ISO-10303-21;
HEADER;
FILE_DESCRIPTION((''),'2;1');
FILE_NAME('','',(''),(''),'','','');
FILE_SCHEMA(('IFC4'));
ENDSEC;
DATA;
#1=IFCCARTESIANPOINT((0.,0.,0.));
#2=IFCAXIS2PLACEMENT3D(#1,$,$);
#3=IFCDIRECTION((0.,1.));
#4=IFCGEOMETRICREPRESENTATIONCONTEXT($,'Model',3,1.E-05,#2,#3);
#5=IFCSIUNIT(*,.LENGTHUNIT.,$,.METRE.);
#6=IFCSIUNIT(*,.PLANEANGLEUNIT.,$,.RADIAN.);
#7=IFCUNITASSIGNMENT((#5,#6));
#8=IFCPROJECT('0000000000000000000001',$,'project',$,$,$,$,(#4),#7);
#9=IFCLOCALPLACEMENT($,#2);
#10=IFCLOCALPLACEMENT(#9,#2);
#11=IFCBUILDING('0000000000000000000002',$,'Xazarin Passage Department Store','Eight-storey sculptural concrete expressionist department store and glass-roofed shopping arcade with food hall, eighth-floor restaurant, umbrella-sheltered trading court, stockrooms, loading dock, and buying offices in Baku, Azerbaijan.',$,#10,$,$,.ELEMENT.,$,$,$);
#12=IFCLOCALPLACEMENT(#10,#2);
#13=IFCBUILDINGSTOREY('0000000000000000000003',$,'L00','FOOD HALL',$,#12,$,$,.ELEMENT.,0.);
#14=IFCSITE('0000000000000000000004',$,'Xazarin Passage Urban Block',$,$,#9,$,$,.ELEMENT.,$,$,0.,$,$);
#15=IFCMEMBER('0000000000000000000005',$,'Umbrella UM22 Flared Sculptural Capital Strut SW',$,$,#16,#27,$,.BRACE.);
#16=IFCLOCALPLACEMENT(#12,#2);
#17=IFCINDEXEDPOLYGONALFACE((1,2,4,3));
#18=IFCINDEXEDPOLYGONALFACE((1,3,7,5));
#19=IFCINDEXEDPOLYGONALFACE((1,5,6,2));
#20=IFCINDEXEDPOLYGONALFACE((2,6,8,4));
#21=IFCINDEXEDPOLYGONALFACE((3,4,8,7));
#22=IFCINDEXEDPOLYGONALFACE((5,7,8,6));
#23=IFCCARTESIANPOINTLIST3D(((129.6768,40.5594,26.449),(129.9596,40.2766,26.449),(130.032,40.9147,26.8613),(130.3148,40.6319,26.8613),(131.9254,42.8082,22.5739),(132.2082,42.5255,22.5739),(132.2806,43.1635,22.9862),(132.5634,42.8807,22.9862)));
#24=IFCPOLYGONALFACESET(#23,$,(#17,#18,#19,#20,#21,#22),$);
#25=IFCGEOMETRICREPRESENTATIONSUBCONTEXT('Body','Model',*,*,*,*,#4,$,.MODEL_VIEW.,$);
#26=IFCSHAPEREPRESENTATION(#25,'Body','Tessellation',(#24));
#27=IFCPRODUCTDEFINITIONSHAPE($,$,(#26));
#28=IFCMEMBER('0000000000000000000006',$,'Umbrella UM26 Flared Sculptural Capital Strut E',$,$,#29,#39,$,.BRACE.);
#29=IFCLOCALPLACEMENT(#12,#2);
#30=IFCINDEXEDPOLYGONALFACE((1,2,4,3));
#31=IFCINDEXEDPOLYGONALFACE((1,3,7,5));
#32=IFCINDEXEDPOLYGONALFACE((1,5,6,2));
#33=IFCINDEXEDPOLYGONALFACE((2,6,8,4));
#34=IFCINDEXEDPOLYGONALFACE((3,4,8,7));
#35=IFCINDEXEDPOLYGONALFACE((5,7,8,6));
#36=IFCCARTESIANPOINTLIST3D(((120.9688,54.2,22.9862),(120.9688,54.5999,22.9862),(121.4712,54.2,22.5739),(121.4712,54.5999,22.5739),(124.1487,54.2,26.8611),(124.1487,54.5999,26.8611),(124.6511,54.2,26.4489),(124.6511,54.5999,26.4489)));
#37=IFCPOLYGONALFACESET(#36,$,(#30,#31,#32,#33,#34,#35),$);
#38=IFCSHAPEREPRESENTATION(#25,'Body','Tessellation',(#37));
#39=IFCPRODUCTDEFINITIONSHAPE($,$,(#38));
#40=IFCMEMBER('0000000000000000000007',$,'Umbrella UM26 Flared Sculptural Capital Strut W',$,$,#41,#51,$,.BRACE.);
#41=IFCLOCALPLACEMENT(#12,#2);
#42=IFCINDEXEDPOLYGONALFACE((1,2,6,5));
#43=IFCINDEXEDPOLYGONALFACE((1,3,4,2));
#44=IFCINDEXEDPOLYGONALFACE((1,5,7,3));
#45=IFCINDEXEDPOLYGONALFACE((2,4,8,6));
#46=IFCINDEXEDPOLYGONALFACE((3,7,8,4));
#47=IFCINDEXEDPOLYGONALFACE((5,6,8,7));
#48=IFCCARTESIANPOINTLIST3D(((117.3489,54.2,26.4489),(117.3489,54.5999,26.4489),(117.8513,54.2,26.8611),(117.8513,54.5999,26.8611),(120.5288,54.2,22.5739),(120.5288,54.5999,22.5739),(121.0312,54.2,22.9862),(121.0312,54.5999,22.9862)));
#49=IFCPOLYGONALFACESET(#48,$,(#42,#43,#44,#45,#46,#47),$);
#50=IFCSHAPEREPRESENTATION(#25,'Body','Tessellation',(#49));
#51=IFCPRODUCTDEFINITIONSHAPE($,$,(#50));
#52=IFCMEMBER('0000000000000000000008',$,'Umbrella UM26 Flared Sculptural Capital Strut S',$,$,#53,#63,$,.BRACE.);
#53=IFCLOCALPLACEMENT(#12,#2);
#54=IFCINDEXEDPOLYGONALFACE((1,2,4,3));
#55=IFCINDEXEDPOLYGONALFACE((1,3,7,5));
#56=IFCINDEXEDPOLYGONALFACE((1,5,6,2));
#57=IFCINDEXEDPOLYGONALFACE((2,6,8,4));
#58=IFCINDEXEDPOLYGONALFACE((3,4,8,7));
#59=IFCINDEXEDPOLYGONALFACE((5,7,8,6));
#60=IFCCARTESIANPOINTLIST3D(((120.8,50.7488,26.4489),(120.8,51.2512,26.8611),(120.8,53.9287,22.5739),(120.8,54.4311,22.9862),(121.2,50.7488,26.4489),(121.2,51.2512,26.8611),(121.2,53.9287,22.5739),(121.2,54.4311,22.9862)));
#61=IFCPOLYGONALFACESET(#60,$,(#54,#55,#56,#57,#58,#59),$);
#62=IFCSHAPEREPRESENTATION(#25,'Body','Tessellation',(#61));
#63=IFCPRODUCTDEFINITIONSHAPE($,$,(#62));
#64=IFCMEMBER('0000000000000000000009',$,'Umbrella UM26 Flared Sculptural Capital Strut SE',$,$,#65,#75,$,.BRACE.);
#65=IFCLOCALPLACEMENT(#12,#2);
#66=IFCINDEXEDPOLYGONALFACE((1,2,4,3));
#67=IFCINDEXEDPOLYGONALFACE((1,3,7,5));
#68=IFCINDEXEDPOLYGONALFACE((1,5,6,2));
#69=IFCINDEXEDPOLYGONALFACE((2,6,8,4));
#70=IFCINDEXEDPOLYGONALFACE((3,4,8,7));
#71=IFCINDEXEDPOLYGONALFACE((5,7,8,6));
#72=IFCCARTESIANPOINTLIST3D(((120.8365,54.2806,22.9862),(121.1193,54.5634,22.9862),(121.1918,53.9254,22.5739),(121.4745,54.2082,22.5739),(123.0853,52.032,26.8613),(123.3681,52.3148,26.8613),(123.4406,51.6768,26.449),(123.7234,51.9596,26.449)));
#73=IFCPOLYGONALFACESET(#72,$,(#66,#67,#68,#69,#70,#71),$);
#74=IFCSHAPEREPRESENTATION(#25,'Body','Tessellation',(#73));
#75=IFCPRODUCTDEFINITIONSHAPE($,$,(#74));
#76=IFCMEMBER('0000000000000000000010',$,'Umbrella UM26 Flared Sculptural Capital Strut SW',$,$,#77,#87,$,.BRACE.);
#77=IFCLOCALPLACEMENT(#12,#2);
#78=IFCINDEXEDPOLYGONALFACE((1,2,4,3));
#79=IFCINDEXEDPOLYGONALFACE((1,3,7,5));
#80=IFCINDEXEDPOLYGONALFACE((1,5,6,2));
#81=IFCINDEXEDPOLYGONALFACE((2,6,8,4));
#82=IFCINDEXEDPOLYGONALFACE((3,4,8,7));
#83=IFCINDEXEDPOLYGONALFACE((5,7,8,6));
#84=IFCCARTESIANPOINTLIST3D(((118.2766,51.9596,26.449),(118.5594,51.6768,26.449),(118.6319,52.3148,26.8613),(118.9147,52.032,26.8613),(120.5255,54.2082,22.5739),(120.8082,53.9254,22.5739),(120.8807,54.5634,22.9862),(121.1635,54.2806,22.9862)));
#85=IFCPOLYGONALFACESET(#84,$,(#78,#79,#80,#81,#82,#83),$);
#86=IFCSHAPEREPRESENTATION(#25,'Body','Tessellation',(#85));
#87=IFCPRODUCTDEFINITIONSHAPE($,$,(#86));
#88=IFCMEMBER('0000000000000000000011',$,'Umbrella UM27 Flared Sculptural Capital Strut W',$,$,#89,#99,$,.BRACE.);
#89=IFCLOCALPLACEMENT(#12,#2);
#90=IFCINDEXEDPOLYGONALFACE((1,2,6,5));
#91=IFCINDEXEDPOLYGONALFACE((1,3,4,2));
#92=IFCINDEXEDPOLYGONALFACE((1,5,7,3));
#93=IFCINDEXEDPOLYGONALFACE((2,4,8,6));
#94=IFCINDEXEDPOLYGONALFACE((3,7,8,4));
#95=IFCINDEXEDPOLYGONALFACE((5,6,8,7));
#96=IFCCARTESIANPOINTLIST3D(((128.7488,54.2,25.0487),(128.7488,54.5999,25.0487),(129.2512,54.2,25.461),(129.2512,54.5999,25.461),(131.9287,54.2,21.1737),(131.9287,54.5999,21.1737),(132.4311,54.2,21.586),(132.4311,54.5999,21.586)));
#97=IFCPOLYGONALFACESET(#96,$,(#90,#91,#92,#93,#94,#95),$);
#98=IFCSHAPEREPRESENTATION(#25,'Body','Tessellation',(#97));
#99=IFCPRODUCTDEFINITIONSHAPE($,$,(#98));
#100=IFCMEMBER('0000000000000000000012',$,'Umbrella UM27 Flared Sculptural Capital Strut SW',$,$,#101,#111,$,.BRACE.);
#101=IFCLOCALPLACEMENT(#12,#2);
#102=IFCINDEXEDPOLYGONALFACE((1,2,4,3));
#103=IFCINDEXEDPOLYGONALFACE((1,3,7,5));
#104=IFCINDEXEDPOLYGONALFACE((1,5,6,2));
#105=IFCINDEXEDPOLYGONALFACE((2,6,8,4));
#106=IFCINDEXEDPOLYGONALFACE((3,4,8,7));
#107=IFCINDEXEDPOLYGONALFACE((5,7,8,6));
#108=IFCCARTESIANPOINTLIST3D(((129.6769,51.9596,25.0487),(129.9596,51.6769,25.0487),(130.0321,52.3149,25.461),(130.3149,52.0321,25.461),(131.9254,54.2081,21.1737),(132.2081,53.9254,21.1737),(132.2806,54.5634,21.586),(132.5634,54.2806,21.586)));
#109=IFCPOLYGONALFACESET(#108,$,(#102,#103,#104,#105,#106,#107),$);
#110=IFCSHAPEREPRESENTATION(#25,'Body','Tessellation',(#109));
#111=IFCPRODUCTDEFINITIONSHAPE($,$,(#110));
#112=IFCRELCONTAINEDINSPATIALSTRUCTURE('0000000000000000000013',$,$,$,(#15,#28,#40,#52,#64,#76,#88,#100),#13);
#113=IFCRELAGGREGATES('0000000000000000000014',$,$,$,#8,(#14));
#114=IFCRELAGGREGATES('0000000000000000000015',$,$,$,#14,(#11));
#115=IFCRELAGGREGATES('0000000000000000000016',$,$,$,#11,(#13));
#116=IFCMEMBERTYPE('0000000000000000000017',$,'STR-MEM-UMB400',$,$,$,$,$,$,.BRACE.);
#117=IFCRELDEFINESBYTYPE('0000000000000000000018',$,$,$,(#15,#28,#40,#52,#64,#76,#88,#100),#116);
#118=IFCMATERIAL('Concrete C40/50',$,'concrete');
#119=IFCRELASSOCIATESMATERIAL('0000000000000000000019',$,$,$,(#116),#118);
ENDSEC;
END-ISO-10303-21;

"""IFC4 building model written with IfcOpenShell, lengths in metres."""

from ifc_helpers import new_model, si_unit, direction, frame, origin, origin_2d, place, context, subcontext, project, spatial, rectangle, extrude, material, material_profile, profile_set, type_object, element, save


model = new_model("IFC4")

# Units and contexts
model_context = context("Model", 3, precision=1e-05, world=origin(), true_north=direction((0.0, 1.0)))
body_context = subcontext(model_context, "Body", "Model", "MODEL_VIEW")
ifc_project = project(units=[si_unit("LENGTHUNIT", "METRE"), si_unit("PLANEANGLEUNIT", "RADIAN")], contexts=[model_context])

# Site, building, storey
site_placement = place(None, origin())
site = spatial("IfcSite", under=ifc_project, at=site_placement, Name="Xazarin Passage Urban Block", CompositionType="ELEMENT", RefElevation=0.0)
building_placement = place(site_placement, origin())
building = spatial("IfcBuilding", under=site, at=building_placement, Name="Xazarin Passage Department Store", Description="Eight-storey sculptural concrete expressionist department store and glass-roofed shopping arcade with food hall, eighth-floor restaurant, umbrella-sheltered trading court, stockrooms, loading dock, and buying offices in Baku, Azerbaijan.", CompositionType="ELEMENT")
storey_placement = place(building_placement, origin())
storey = spatial("IfcBuildingStorey", under=building, at=storey_placement, Name="L00", Description="FOOD HALL", CompositionType="ELEMENT", Elevation=0.0)

# Members
ifc_material = material(Name="Concrete C40/50", Category="concrete")
ifc_material_profile = material_profile(ifc_material, rectangle(XDim=0.3999, YDim=0.6499, at=origin_2d()), Name="RC 400x650")
ifc_profile_set = profile_set([ifc_material_profile], Name="Concrete C40/50")
member_type = type_object("IfcMemberType", Name="STR-MEM-UMB400", PredefinedType="BRACE", material=ifc_profile_set)
for number, where, z_axis, x_axis, name in (
    (1, (132.2444, 42.8445, 22.78), (-0.448555, -0.448604, 0.773015), (0.707145, -0.707068, 0.0), "Umbrella UM22 Flared Sculptural Capital Strut SW"),
):
    element("IfcMember", number, at=place(storey_placement, frame(where, z_axis=z_axis, x_axis=x_axis)), inside=storey, type_object=member_type, Name=name, PredefinedType="BRACE", context=body_context, shape_type="SweptSolid", body=[
        extrude(rectangle(XDim=0.3999, YDim=0.6499, at=origin_2d()), origin(), (0.0, 0.0, 1.0), 5.0129),
    ])
for number, where, z_axis, x_axis, name in (
    (2, (121.22, 54.3999, 22.78), (0.63437, 0.0, 0.77303), (0.0, 1.0, 0.0), "Umbrella UM26 Flared Sculptural Capital Strut E"),
    (3, (120.78, 54.3999, 22.78), (-0.63437, 0.0, 0.77303), (0.0, -1.0, 0.0), "Umbrella UM26 Flared Sculptural Capital Strut W"),
    (4, (121.0, 54.1799, 22.78), (0.0, -0.63437, 0.77303), (1.0, 0.0, 0.0), "Umbrella UM26 Flared Sculptural Capital Strut S"),
):
    element("IfcMember", number, at=place(storey_placement, frame(where, z_axis=z_axis, x_axis=x_axis)), inside=storey, type_object=member_type, Name=name, PredefinedType="BRACE", context=body_context, shape_type="SweptSolid", body=[
        extrude(rectangle(XDim=0.3999, YDim=0.6499, at=origin_2d()), origin(), (0.0, 0.0, 1.0), 5.0127),
    ])
for number, where, z_axis, x_axis, name in (
    (5, (121.1555, 54.2444, 22.78), (0.448604, -0.448555, 0.773015), (0.707068, 0.707145, 0.0), "Umbrella UM26 Flared Sculptural Capital Strut SE"),
    (6, (120.8445, 54.2444, 22.78), (-0.448604, -0.448555, 0.773015), (0.707068, -0.707145, 0.0), "Umbrella UM26 Flared Sculptural Capital Strut SW"),
):
    element("IfcMember", number, at=place(storey_placement, frame(where, z_axis=z_axis, x_axis=x_axis)), inside=storey, type_object=member_type, Name=name, PredefinedType="BRACE", context=body_context, shape_type="SweptSolid", body=[
        extrude(rectangle(XDim=0.3999, YDim=0.6499, at=origin_2d()), origin(), (0.0, 0.0, 1.0), 5.0129),
    ])
for number, where, z_axis, x_axis, name in (
    (7, (132.1799, 54.3999, 21.3799), (-0.63437, 0.0, 0.77303), (0.0, -1.0, 0.0), "Umbrella UM27 Flared Sculptural Capital Strut W"),
    (8, (132.2444, 54.2444, 21.3799), (-0.448565, -0.448565, 0.773032), (0.707107, -0.707107, 0.0), "Umbrella UM27 Flared Sculptural Capital Strut SW"),
):
    element("IfcMember", number, at=place(storey_placement, frame(where, z_axis=z_axis, x_axis=x_axis)), inside=storey, type_object=member_type, Name=name, PredefinedType="BRACE", context=body_context, shape_type="SweptSolid", body=[
        extrude(rectangle(XDim=0.3999, YDim=0.6499, at=origin_2d()), origin(), (0.0, 0.0, 1.0), 5.0127),
    ])

save(model, "model.ifc")
